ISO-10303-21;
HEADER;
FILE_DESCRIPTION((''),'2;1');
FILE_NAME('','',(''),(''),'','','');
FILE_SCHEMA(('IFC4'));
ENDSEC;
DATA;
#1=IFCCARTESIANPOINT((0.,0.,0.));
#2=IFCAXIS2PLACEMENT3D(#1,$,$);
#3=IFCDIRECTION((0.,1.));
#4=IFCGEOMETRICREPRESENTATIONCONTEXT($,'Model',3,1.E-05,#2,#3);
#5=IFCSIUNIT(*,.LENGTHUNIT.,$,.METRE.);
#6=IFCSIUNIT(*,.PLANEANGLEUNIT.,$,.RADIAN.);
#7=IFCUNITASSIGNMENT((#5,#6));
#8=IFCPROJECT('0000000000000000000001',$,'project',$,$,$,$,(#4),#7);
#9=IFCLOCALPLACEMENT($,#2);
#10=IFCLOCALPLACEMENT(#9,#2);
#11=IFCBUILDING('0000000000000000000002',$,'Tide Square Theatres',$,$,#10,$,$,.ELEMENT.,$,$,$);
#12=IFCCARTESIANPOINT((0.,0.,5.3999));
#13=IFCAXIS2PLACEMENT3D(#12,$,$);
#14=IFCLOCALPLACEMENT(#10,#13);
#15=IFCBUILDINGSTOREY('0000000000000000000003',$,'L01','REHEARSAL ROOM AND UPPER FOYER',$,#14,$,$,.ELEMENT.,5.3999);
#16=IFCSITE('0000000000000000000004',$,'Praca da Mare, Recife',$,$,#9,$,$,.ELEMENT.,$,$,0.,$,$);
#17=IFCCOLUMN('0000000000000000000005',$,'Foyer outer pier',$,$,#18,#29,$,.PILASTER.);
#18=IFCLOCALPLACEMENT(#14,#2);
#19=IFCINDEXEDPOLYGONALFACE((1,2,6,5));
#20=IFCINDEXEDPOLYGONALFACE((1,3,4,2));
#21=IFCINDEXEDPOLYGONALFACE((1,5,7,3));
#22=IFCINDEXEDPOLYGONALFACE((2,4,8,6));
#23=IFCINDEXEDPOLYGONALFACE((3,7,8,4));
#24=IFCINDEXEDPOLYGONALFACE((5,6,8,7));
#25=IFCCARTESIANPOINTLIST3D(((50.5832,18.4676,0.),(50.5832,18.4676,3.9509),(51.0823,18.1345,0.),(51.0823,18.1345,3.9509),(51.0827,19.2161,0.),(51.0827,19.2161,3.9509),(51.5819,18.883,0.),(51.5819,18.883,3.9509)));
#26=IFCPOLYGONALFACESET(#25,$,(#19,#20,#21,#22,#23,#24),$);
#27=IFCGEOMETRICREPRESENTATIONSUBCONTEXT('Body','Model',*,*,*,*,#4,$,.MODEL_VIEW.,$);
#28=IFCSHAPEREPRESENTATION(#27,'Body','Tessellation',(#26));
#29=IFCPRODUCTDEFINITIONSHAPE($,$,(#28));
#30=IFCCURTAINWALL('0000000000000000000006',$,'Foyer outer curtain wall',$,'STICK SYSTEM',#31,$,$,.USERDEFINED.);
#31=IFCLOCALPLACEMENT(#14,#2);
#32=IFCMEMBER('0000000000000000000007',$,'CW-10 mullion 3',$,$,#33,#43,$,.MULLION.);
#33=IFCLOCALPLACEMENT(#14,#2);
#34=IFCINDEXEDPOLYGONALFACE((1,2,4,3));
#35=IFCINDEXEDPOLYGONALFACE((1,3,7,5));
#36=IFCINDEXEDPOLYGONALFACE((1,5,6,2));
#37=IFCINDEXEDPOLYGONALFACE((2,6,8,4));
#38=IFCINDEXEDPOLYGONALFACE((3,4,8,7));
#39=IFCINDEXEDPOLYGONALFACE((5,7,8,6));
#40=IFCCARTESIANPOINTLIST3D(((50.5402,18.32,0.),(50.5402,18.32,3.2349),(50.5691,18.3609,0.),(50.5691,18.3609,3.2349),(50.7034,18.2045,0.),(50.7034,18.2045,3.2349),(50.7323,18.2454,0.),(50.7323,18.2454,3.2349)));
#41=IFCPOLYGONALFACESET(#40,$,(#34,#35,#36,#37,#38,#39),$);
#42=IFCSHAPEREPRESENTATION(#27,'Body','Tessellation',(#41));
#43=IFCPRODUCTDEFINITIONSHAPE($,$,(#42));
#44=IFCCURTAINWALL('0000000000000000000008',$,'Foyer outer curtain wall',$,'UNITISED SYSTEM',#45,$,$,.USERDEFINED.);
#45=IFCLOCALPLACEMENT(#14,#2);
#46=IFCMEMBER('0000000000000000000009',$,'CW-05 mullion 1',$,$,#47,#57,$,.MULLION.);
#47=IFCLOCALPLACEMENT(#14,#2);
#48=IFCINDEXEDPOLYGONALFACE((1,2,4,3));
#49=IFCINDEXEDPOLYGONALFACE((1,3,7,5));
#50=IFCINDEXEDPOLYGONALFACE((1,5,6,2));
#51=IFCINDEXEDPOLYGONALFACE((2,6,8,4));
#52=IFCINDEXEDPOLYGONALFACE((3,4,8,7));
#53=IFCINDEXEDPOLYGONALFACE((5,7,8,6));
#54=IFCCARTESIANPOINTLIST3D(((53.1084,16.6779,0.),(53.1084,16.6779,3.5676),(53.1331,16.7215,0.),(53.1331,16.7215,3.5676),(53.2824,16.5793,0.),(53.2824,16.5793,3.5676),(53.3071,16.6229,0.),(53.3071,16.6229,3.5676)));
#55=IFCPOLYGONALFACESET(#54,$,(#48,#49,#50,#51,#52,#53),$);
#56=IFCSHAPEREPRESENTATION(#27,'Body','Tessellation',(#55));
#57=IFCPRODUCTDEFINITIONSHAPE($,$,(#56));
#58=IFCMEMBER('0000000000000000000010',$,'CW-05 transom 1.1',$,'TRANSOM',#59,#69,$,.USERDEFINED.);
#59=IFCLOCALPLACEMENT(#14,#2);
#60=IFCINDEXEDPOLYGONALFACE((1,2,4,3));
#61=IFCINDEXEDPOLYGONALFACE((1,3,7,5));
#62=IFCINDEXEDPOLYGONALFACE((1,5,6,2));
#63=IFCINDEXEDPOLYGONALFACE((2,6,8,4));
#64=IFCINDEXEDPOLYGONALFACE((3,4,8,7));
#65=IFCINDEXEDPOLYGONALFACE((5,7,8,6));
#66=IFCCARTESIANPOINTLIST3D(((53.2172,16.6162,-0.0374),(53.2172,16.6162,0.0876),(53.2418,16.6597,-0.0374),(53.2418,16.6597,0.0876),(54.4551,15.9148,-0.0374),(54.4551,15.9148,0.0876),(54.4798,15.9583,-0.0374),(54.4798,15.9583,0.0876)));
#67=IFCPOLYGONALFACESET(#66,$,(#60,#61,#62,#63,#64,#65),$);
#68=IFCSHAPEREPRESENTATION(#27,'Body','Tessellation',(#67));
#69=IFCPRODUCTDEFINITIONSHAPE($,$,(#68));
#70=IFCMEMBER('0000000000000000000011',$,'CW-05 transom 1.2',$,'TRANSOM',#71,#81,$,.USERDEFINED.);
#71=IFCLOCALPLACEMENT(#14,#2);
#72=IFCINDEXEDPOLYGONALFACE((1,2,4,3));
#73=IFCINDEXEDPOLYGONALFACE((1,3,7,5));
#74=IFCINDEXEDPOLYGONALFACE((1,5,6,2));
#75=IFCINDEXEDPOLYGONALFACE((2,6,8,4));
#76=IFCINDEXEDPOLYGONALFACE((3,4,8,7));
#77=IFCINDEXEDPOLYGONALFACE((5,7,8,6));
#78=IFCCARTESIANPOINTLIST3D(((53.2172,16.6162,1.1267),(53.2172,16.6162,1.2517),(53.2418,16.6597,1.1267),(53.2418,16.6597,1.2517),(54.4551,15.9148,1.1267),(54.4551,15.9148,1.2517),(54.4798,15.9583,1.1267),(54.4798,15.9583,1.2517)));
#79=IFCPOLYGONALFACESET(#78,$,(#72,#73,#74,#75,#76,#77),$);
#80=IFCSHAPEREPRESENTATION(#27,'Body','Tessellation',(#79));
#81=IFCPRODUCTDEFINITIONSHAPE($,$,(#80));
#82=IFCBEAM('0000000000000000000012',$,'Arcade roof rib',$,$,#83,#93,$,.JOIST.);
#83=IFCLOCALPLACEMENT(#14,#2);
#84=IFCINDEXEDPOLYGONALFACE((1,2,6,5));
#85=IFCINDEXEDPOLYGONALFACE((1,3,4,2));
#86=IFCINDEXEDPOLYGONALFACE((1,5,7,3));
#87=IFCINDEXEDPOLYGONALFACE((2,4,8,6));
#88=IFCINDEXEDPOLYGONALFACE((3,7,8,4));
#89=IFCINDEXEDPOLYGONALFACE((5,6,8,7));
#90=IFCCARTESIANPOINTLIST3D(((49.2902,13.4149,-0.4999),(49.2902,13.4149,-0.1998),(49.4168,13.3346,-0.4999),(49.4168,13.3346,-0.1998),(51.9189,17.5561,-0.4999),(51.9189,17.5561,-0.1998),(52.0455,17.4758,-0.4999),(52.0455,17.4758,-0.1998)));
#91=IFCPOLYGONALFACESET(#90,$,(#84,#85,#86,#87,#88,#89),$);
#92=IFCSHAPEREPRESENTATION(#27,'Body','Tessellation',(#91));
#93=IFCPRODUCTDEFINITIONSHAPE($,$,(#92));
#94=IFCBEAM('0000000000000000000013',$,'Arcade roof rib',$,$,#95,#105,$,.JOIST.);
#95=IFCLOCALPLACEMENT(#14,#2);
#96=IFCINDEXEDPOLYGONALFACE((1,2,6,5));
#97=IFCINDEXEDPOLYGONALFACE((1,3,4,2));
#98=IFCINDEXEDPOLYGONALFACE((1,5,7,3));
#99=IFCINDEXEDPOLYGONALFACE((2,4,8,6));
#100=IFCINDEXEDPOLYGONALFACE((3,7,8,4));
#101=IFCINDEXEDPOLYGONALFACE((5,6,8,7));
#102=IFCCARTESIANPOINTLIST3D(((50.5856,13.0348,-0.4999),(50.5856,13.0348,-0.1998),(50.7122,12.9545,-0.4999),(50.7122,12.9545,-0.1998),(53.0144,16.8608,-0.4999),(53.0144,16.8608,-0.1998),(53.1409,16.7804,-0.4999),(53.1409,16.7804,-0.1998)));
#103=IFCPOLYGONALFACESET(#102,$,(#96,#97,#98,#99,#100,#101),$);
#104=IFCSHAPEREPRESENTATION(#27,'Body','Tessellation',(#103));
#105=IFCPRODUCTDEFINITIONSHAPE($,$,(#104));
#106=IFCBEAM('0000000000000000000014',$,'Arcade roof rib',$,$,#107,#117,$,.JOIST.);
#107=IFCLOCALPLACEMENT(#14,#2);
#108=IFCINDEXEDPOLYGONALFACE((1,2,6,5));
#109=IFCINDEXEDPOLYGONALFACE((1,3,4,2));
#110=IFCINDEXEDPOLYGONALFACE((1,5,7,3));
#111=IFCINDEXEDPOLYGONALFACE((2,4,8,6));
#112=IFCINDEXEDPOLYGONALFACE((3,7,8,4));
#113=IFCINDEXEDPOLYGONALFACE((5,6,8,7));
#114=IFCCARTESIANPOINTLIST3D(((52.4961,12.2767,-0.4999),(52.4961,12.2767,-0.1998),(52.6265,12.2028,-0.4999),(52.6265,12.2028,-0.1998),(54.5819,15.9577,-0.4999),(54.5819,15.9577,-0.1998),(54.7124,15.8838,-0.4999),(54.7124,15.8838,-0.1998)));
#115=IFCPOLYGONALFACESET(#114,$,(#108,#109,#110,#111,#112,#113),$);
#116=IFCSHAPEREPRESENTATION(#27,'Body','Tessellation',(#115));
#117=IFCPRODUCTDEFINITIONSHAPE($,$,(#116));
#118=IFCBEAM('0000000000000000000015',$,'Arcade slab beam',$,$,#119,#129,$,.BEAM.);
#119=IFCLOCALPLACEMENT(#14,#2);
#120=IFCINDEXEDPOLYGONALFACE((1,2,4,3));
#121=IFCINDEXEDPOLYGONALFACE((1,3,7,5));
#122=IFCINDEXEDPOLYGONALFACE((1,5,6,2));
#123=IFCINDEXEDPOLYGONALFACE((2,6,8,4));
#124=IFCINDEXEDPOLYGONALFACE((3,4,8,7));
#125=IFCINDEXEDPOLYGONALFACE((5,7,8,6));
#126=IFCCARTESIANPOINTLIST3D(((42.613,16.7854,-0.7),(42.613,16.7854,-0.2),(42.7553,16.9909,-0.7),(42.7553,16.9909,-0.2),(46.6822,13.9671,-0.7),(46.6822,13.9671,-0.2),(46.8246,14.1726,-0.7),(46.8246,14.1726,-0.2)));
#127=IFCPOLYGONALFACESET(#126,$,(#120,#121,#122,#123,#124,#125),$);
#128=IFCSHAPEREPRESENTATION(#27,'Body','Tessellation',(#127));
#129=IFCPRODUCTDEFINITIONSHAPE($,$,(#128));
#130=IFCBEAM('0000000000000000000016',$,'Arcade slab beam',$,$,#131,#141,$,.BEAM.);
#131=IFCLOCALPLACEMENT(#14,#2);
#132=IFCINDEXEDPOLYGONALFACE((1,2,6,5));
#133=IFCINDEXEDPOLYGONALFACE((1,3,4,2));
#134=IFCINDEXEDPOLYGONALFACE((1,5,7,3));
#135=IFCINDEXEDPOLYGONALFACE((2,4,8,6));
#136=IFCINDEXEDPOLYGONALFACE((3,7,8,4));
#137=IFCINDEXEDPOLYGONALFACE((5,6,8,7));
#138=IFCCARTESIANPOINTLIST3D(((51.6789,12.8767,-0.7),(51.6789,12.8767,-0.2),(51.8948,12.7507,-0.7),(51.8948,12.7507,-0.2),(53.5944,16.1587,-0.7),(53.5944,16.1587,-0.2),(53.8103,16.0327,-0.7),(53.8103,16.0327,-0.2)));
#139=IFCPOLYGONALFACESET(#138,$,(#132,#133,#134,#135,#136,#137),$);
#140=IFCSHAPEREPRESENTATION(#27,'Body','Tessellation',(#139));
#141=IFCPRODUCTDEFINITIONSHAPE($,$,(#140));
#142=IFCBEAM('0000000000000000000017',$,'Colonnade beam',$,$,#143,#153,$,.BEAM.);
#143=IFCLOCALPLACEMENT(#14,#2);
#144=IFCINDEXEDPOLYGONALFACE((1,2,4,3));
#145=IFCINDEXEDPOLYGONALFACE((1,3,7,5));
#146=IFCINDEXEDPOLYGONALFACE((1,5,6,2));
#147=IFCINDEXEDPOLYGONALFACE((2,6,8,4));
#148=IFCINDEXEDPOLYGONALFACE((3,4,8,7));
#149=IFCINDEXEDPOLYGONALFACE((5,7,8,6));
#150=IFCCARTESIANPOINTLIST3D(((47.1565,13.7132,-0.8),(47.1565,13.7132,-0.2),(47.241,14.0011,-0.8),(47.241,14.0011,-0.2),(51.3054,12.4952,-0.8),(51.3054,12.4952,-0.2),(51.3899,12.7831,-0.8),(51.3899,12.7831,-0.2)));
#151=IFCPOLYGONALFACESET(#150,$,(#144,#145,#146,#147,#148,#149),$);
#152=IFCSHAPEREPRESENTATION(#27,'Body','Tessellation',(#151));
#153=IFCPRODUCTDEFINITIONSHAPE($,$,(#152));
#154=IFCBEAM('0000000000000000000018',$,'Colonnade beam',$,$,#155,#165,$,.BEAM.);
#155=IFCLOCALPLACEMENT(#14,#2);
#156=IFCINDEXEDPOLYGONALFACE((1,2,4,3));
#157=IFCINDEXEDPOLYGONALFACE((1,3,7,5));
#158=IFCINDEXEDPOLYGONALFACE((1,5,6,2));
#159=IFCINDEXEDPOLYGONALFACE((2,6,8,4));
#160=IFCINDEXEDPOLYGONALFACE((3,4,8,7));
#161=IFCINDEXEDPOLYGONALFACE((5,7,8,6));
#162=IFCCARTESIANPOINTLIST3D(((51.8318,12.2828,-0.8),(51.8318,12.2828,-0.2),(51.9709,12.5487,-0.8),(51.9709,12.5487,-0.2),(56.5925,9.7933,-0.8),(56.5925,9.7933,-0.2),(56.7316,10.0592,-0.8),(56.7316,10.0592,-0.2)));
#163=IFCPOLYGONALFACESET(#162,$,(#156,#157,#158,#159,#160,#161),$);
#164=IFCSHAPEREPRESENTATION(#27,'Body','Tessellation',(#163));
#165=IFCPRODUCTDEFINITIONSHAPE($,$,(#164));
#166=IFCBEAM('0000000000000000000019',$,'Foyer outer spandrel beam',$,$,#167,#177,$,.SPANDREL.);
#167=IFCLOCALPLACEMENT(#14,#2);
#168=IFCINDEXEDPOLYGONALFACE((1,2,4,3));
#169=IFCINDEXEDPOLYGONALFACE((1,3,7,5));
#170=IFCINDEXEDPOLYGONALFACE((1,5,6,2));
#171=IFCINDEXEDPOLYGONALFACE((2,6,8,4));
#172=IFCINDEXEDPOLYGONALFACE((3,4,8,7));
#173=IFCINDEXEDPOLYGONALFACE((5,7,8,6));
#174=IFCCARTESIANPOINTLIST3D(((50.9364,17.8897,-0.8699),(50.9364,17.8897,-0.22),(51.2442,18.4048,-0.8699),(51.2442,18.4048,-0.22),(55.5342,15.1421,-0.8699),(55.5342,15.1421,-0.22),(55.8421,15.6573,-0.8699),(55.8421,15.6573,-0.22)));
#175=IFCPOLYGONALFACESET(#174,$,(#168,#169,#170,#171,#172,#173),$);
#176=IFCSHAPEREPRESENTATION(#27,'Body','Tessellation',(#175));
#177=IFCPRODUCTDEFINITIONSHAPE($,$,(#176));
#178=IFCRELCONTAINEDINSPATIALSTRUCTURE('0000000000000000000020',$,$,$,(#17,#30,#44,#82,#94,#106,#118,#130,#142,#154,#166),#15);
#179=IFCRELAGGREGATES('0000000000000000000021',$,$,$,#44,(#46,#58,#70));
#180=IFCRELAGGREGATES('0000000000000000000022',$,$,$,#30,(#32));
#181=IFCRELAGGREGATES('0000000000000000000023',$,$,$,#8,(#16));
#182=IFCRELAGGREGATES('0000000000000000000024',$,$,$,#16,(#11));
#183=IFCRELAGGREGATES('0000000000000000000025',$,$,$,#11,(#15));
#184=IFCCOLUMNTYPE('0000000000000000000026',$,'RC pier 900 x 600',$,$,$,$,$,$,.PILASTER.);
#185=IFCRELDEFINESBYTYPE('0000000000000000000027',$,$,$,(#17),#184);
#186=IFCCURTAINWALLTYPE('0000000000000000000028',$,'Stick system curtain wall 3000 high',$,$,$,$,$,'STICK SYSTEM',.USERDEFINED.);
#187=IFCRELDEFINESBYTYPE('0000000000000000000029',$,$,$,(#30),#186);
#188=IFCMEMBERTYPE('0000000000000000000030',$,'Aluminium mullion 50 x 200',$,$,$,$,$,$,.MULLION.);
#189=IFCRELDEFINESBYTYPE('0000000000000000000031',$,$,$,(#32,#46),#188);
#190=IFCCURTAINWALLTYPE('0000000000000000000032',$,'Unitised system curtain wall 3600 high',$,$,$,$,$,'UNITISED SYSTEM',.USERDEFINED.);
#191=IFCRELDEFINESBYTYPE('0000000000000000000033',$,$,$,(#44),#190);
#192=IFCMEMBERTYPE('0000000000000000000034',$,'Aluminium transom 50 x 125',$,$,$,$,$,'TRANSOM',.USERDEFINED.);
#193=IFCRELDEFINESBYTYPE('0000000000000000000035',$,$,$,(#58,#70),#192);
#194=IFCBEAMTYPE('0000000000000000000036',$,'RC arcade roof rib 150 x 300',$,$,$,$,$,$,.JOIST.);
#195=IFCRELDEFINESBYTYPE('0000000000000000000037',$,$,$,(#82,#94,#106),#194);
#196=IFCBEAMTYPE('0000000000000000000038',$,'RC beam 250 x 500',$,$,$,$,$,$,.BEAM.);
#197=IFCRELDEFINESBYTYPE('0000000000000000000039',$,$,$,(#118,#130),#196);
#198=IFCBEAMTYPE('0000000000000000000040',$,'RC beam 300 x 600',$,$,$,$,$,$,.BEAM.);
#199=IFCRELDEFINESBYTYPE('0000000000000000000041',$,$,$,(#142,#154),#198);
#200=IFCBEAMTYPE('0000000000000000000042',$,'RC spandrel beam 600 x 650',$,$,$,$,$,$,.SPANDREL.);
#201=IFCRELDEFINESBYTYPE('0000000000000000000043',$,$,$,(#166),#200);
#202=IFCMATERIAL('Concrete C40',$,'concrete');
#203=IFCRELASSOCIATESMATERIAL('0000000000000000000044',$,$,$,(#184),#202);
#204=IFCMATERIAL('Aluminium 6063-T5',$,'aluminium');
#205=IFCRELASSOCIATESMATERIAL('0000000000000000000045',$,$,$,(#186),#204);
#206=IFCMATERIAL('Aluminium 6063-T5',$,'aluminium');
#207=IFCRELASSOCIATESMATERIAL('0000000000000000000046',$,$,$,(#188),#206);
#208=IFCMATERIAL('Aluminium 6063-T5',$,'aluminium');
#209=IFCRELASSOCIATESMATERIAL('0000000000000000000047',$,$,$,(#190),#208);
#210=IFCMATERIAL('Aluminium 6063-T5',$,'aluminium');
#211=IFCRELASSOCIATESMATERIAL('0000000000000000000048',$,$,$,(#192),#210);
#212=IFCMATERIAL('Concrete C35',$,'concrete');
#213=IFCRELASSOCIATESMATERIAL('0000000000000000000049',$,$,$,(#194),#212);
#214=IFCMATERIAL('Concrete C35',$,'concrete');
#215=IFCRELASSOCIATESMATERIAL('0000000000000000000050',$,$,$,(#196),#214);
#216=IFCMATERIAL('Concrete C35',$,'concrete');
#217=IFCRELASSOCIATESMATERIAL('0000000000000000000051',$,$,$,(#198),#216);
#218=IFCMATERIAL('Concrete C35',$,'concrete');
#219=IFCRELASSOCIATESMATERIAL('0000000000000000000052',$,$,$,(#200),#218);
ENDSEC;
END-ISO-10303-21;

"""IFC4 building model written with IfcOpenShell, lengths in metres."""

from ifc_helpers import new_model, si_unit, direction, frame, origin, origin_2d, place, context, subcontext, project, spatial, rectangle, extrude, material, material_profile, profile_set, type_object, element, aggregate, save


model = new_model("IFC4")

# Units and contexts
model_context = context("Model", 3, precision=1e-05, world=origin(), true_north=direction((0.0, 1.0)))
body_context = subcontext(model_context, "Body", "Model", "MODEL_VIEW")
ifc_project = project(units=[si_unit("LENGTHUNIT", "METRE"), si_unit("PLANEANGLEUNIT", "RADIAN")], contexts=[model_context])

# Site, building, storey
site_placement = place(None, origin())
site = spatial("IfcSite", under=ifc_project, at=site_placement, Name="Praca da Mare, Recife", CompositionType="ELEMENT", RefElevation=0.0)
building_placement = place(site_placement, origin())
building = spatial("IfcBuilding", under=site, at=building_placement, Name="Tide Square Theatres", CompositionType="ELEMENT")
storey_placement = place(building_placement, frame((0.0, 0.0, 5.3999)))
storey = spatial("IfcBuildingStorey", under=building, at=storey_placement, Name="L01", Description="REHEARSAL ROOM AND UPPER FOYER", CompositionType="ELEMENT", Elevation=5.3999)

# Column
ifc_material_1 = material(Name="Concrete C40", Category="concrete")
ifc_material_profile_1 = material_profile(ifc_material_1, rectangle(XDim=0.8999, YDim=0.6001, at=origin_2d()))
ifc_profile_set_1 = profile_set([ifc_material_profile_1], Name="Concrete C40")
column_type = type_object("IfcColumnType", Name="RC pier 900 x 600", PredefinedType="PILASTER", material=ifc_profile_set_1)
column_placement = place(storey_placement, frame((51.0825, 18.6753, 0.0), z_axis=(0.0, 0.0, 1.0), x_axis=(-0.5551, -0.831784, 0.0)))
element("IfcColumn", 1, at=column_placement, inside=storey, type_object=column_type, Name="Foyer outer pier", PredefinedType="PILASTER", context=body_context, shape_type="SweptSolid", body=[
    extrude(rectangle(XDim=0.8999, YDim=0.6001, at=origin_2d()), origin(), (0.0, 0.0, 1.0), 3.9509),
])

# Curtain wall, member
ifc_material_2 = material(Name="Aluminium 6063-T5", Category="aluminium")
curtain_wall_type_1 = type_object("IfcCurtainWallType", Name="Stick system curtain wall 3000 high", ElementType="STICK SYSTEM", PredefinedType="USERDEFINED", material=ifc_material_2)
curtain_wall_1_placement = place(storey_placement, origin())
curtain_wall_1 = element("IfcCurtainWall", 2, at=curtain_wall_1_placement, inside=storey, type_object=curtain_wall_type_1, Name="Foyer outer curtain wall", ObjectType="STICK SYSTEM", PredefinedType="USERDEFINED")
ifc_material_3 = material(Name="Aluminium 6063-T5", Category="aluminium")
ifc_material_profile_2 = material_profile(ifc_material_3, rectangle(XDim=0.05, YDim=0.2, at=origin_2d()))
ifc_profile_set_2 = profile_set([ifc_material_profile_2], Name="Aluminium 6063-T5")
member_type_1 = type_object("IfcMemberType", Name="Aluminium mullion 50 x 200", PredefinedType="MULLION", material=ifc_profile_set_2)
member_1_placement = place(storey_placement, frame((50.6362, 18.2827, 0.0), z_axis=(0.0, 0.0, 1.0), x_axis=(0.577503, 0.816388, 0.0)))
member_1 = element("IfcMember", 3, at=member_1_placement, type_object=member_type_1, Name="CW-10 mullion 3", PredefinedType="MULLION", context=body_context, shape_type="SweptSolid", body=[
    extrude(rectangle(XDim=0.05, YDim=0.2, at=origin_2d()), origin(), (0.0, 0.0, 1.0), 3.2349),
])

# Curtain wall, members
ifc_material_4 = material(Name="Aluminium 6063-T5", Category="aluminium")
curtain_wall_type_2 = type_object("IfcCurtainWallType", Name="Unitised system curtain wall 3600 high", ElementType="UNITISED SYSTEM", PredefinedType="USERDEFINED", material=ifc_material_4)
curtain_wall_2_placement = place(storey_placement, origin())
curtain_wall_2 = element("IfcCurtainWall", 4, at=curtain_wall_2_placement, inside=storey, type_object=curtain_wall_type_2, Name="Foyer outer curtain wall", ObjectType="UNITISED SYSTEM", PredefinedType="USERDEFINED")
member_2_placement = place(storey_placement, frame((53.2078, 16.6504, 0.0), z_axis=(0.0, 0.0, 1.0), x_axis=(0.493019, 0.870018, 0.0)))
member_2 = element("IfcMember", 5, at=member_2_placement, type_object=member_type_1, Name="CW-05 mullion 1", PredefinedType="MULLION", context=body_context, shape_type="SweptSolid", body=[
    extrude(rectangle(XDim=0.05, YDim=0.2, at=origin_2d()), origin(), (0.0, 0.0, 1.0), 3.5676),
])
ifc_material_5 = material(Name="Aluminium 6063-T5", Category="aluminium")
ifc_material_profile_3 = material_profile(ifc_material_5, rectangle(XDim=0.05, YDim=0.125, at=origin_2d()))
ifc_profile_set_3 = profile_set([ifc_material_profile_3], Name="Aluminium 6063-T5")
member_type_2 = type_object("IfcMemberType", Name="Aluminium transom 50 x 125", ElementType="TRANSOM", PredefinedType="USERDEFINED", material=ifc_profile_set_3)
member_3_placement = place(storey_placement, frame((53.2295, 16.6379, 0.0251), z_axis=(0.870064, -0.492939, 0.0), x_axis=(0.492939, 0.870064, 0.0)))
member_3 = element("IfcMember", 6, at=member_3_placement, type_object=member_type_2, Name="CW-05 transom 1.1", ObjectType="TRANSOM", PredefinedType="USERDEFINED", context=body_context, shape_type="SweptSolid", body=[
    extrude(rectangle(XDim=0.05, YDim=0.125, at=origin_2d()), origin(), (0.0, 0.0, 1.0), 1.4229),
])
member_4_placement = place(storey_placement, frame((53.2295, 16.6379, 1.1892), z_axis=(0.870064, -0.492939, 0.0), x_axis=(0.492939, 0.870064, 0.0)))
member_4 = element("IfcMember", 7, at=member_4_placement, type_object=member_type_2, Name="CW-05 transom 1.2", ObjectType="TRANSOM", PredefinedType="USERDEFINED", context=body_context, shape_type="SweptSolid", body=[
    extrude(rectangle(XDim=0.05, YDim=0.125, at=origin_2d()), origin(), (0.0, 0.0, 1.0), 1.4229),
])
aggregate(curtain_wall_2, [member_2, member_3, member_4])

# Beams
ifc_material_6 = material(Name="Concrete C35", Category="concrete")
ifc_material_profile_4 = material_profile(ifc_material_6, rectangle(XDim=0.1499, YDim=0.3, at=origin_2d()))
ifc_profile_set_4 = profile_set([ifc_material_profile_4], Name="Concrete C35")
beam_type_1 = type_object("IfcBeamType", Name="RC arcade roof rib 150 x 300", PredefinedType="JOIST", material=ifc_profile_set_4)
beam_1_placement = place(storey_placement, frame((49.3535, 13.3748, -0.3499), z_axis=(0.535919, 0.84427, 0.0), x_axis=(-0.84427, 0.535919, 0.0)))
element("IfcBeam", 8, at=beam_1_placement, inside=storey, type_object=beam_type_1, Name="Arcade roof rib", PredefinedType="JOIST", context=body_context, shape_type="SweptSolid", body=[
    extrude(rectangle(XDim=0.1499, YDim=0.3, at=origin_2d()), origin(), (0.0, 0.0, 1.0), 4.905),
])
beam_2_placement = place(storey_placement, frame((50.6489, 12.9946, -0.3499), z_axis=(0.535937, 0.844258, 0.0), x_axis=(-0.844258, 0.535937, 0.0)))
element("IfcBeam", 9, at=beam_2_placement, inside=storey, type_object=beam_type_1, Name="Arcade roof rib", PredefinedType="JOIST", context=body_context, shape_type="SweptSolid", body=[
    extrude(rectangle(XDim=0.1499, YDim=0.3, at=origin_2d()), origin(), (0.0, 0.0, 1.0), 4.5317),
])
beam_3_placement = place(storey_placement, frame((52.5613, 12.2397, -0.3499), z_axis=(0.493004, 0.870027, 0.0), x_axis=(-0.870027, 0.493004, 0.0)))
element("IfcBeam", 10, at=beam_3_placement, inside=storey, type_object=beam_type_1, Name="Arcade roof rib", PredefinedType="JOIST", context=body_context, shape_type="SweptSolid", body=[
    extrude(rectangle(XDim=0.1499, YDim=0.3, at=origin_2d()), origin(), (0.0, 0.0, 1.0), 4.231),
])
ifc_material_7 = material(Name="Concrete C35", Category="concrete")
ifc_material_profile_5 = material_profile(ifc_material_7, rectangle(XDim=0.25, YDim=0.5, at=origin_2d()))
ifc_profile_set_5 = profile_set([ifc_material_profile_5], Name="Concrete C35")
beam_type_2 = type_object("IfcBeamType", Name="RC beam 250 x 500", PredefinedType="BEAM", material=ifc_profile_set_5)
beam_4_placement = place(storey_placement, frame((46.7534, 14.0698, -0.45), z_axis=(-0.822086, 0.569364, 0.0), x_axis=(-0.569364, -0.822086, 0.0)))
element("IfcBeam", 11, at=beam_4_placement, inside=storey, type_object=beam_type_2, Name="Arcade slab beam", PredefinedType="BEAM", context=body_context, shape_type="SweptSolid", body=[
    extrude(rectangle(XDim=0.25, YDim=0.5, at=origin_2d()), origin(), (0.0, 0.0, 1.0), 4.95),
])
beam_5_placement = place(storey_placement, frame((51.7869, 12.8137, -0.45), z_axis=(0.504075, 0.86366, 0.0), x_axis=(-0.86366, 0.504075, 0.0)))
element("IfcBeam", 12, at=beam_5_placement, inside=storey, type_object=beam_type_2, Name="Arcade slab beam", PredefinedType="BEAM", context=body_context, shape_type="SweptSolid", body=[
    extrude(rectangle(XDim=0.25, YDim=0.5, at=origin_2d()), origin(), (0.0, 0.0, 1.0), 3.8),
])
ifc_material_8 = material(Name="Concrete C35", Category="concrete")
ifc_material_profile_6 = material_profile(ifc_material_8, rectangle(XDim=0.3, YDim=0.6001, at=origin_2d()))
ifc_profile_set_6 = profile_set([ifc_material_profile_6], Name="Concrete C35")
beam_type_3 = type_object("IfcBeamType", Name="RC beam 300 x 600", PredefinedType="BEAM", material=ifc_profile_set_6)
beam_6_placement = place(storey_placement, frame((47.1987, 13.8572, -0.5), z_axis=(0.959507, -0.281686, 0.0), x_axis=(0.281686, 0.959507, 0.0)))
element("IfcBeam", 13, at=beam_6_placement, inside=storey, type_object=beam_type_3, Name="Colonnade beam", PredefinedType="BEAM", context=body_context, shape_type="SweptSolid", body=[
    extrude(rectangle(XDim=0.3, YDim=0.6001, at=origin_2d()), origin(), (0.0, 0.0, 1.0), 4.324),
])
beam_7_placement = place(storey_placement, frame((51.9014, 12.4158, -0.5), z_axis=(0.886154, -0.46339, 0.0), x_axis=(0.46339, 0.886154, 0.0)))
element("IfcBeam", 14, at=beam_7_placement, inside=storey, type_object=beam_type_3, Name="Colonnade beam", PredefinedType="BEAM", context=body_context, shape_type="SweptSolid", body=[
    extrude(rectangle(XDim=0.3, YDim=0.6001, at=origin_2d()), origin(), (0.0, 0.0, 1.0), 5.3723),
])
ifc_material_9 = material(Name="Concrete C35", Category="concrete")
ifc_material_profile_7 = material_profile(ifc_material_9, rectangle(XDim=0.6001, YDim=0.6499, at=origin_2d()))
ifc_profile_set_7 = profile_set([ifc_material_profile_7], Name="Concrete C35")
beam_type_4 = type_object("IfcBeamType", Name="RC spandrel beam 600 x 650", PredefinedType="SPANDREL", material=ifc_profile_set_7)
beam_8_placement = place(storey_placement, frame((51.0903, 18.1472, -0.5449), z_axis=(0.858413, -0.51296, 0.0), x_axis=(0.51296, 0.858413, 0.0)))
element("IfcBeam", 15, at=beam_8_placement, inside=storey, type_object=beam_type_4, Name="Foyer outer spandrel beam", PredefinedType="SPANDREL", context=body_context, shape_type="SweptSolid", body=[
    extrude(rectangle(XDim=0.6001, YDim=0.6499, at=origin_2d()), origin(), (0.0, 0.0, 1.0), 5.3562),
])

aggregate(curtain_wall_1, [member_1])

save(model, "model.ifc")
